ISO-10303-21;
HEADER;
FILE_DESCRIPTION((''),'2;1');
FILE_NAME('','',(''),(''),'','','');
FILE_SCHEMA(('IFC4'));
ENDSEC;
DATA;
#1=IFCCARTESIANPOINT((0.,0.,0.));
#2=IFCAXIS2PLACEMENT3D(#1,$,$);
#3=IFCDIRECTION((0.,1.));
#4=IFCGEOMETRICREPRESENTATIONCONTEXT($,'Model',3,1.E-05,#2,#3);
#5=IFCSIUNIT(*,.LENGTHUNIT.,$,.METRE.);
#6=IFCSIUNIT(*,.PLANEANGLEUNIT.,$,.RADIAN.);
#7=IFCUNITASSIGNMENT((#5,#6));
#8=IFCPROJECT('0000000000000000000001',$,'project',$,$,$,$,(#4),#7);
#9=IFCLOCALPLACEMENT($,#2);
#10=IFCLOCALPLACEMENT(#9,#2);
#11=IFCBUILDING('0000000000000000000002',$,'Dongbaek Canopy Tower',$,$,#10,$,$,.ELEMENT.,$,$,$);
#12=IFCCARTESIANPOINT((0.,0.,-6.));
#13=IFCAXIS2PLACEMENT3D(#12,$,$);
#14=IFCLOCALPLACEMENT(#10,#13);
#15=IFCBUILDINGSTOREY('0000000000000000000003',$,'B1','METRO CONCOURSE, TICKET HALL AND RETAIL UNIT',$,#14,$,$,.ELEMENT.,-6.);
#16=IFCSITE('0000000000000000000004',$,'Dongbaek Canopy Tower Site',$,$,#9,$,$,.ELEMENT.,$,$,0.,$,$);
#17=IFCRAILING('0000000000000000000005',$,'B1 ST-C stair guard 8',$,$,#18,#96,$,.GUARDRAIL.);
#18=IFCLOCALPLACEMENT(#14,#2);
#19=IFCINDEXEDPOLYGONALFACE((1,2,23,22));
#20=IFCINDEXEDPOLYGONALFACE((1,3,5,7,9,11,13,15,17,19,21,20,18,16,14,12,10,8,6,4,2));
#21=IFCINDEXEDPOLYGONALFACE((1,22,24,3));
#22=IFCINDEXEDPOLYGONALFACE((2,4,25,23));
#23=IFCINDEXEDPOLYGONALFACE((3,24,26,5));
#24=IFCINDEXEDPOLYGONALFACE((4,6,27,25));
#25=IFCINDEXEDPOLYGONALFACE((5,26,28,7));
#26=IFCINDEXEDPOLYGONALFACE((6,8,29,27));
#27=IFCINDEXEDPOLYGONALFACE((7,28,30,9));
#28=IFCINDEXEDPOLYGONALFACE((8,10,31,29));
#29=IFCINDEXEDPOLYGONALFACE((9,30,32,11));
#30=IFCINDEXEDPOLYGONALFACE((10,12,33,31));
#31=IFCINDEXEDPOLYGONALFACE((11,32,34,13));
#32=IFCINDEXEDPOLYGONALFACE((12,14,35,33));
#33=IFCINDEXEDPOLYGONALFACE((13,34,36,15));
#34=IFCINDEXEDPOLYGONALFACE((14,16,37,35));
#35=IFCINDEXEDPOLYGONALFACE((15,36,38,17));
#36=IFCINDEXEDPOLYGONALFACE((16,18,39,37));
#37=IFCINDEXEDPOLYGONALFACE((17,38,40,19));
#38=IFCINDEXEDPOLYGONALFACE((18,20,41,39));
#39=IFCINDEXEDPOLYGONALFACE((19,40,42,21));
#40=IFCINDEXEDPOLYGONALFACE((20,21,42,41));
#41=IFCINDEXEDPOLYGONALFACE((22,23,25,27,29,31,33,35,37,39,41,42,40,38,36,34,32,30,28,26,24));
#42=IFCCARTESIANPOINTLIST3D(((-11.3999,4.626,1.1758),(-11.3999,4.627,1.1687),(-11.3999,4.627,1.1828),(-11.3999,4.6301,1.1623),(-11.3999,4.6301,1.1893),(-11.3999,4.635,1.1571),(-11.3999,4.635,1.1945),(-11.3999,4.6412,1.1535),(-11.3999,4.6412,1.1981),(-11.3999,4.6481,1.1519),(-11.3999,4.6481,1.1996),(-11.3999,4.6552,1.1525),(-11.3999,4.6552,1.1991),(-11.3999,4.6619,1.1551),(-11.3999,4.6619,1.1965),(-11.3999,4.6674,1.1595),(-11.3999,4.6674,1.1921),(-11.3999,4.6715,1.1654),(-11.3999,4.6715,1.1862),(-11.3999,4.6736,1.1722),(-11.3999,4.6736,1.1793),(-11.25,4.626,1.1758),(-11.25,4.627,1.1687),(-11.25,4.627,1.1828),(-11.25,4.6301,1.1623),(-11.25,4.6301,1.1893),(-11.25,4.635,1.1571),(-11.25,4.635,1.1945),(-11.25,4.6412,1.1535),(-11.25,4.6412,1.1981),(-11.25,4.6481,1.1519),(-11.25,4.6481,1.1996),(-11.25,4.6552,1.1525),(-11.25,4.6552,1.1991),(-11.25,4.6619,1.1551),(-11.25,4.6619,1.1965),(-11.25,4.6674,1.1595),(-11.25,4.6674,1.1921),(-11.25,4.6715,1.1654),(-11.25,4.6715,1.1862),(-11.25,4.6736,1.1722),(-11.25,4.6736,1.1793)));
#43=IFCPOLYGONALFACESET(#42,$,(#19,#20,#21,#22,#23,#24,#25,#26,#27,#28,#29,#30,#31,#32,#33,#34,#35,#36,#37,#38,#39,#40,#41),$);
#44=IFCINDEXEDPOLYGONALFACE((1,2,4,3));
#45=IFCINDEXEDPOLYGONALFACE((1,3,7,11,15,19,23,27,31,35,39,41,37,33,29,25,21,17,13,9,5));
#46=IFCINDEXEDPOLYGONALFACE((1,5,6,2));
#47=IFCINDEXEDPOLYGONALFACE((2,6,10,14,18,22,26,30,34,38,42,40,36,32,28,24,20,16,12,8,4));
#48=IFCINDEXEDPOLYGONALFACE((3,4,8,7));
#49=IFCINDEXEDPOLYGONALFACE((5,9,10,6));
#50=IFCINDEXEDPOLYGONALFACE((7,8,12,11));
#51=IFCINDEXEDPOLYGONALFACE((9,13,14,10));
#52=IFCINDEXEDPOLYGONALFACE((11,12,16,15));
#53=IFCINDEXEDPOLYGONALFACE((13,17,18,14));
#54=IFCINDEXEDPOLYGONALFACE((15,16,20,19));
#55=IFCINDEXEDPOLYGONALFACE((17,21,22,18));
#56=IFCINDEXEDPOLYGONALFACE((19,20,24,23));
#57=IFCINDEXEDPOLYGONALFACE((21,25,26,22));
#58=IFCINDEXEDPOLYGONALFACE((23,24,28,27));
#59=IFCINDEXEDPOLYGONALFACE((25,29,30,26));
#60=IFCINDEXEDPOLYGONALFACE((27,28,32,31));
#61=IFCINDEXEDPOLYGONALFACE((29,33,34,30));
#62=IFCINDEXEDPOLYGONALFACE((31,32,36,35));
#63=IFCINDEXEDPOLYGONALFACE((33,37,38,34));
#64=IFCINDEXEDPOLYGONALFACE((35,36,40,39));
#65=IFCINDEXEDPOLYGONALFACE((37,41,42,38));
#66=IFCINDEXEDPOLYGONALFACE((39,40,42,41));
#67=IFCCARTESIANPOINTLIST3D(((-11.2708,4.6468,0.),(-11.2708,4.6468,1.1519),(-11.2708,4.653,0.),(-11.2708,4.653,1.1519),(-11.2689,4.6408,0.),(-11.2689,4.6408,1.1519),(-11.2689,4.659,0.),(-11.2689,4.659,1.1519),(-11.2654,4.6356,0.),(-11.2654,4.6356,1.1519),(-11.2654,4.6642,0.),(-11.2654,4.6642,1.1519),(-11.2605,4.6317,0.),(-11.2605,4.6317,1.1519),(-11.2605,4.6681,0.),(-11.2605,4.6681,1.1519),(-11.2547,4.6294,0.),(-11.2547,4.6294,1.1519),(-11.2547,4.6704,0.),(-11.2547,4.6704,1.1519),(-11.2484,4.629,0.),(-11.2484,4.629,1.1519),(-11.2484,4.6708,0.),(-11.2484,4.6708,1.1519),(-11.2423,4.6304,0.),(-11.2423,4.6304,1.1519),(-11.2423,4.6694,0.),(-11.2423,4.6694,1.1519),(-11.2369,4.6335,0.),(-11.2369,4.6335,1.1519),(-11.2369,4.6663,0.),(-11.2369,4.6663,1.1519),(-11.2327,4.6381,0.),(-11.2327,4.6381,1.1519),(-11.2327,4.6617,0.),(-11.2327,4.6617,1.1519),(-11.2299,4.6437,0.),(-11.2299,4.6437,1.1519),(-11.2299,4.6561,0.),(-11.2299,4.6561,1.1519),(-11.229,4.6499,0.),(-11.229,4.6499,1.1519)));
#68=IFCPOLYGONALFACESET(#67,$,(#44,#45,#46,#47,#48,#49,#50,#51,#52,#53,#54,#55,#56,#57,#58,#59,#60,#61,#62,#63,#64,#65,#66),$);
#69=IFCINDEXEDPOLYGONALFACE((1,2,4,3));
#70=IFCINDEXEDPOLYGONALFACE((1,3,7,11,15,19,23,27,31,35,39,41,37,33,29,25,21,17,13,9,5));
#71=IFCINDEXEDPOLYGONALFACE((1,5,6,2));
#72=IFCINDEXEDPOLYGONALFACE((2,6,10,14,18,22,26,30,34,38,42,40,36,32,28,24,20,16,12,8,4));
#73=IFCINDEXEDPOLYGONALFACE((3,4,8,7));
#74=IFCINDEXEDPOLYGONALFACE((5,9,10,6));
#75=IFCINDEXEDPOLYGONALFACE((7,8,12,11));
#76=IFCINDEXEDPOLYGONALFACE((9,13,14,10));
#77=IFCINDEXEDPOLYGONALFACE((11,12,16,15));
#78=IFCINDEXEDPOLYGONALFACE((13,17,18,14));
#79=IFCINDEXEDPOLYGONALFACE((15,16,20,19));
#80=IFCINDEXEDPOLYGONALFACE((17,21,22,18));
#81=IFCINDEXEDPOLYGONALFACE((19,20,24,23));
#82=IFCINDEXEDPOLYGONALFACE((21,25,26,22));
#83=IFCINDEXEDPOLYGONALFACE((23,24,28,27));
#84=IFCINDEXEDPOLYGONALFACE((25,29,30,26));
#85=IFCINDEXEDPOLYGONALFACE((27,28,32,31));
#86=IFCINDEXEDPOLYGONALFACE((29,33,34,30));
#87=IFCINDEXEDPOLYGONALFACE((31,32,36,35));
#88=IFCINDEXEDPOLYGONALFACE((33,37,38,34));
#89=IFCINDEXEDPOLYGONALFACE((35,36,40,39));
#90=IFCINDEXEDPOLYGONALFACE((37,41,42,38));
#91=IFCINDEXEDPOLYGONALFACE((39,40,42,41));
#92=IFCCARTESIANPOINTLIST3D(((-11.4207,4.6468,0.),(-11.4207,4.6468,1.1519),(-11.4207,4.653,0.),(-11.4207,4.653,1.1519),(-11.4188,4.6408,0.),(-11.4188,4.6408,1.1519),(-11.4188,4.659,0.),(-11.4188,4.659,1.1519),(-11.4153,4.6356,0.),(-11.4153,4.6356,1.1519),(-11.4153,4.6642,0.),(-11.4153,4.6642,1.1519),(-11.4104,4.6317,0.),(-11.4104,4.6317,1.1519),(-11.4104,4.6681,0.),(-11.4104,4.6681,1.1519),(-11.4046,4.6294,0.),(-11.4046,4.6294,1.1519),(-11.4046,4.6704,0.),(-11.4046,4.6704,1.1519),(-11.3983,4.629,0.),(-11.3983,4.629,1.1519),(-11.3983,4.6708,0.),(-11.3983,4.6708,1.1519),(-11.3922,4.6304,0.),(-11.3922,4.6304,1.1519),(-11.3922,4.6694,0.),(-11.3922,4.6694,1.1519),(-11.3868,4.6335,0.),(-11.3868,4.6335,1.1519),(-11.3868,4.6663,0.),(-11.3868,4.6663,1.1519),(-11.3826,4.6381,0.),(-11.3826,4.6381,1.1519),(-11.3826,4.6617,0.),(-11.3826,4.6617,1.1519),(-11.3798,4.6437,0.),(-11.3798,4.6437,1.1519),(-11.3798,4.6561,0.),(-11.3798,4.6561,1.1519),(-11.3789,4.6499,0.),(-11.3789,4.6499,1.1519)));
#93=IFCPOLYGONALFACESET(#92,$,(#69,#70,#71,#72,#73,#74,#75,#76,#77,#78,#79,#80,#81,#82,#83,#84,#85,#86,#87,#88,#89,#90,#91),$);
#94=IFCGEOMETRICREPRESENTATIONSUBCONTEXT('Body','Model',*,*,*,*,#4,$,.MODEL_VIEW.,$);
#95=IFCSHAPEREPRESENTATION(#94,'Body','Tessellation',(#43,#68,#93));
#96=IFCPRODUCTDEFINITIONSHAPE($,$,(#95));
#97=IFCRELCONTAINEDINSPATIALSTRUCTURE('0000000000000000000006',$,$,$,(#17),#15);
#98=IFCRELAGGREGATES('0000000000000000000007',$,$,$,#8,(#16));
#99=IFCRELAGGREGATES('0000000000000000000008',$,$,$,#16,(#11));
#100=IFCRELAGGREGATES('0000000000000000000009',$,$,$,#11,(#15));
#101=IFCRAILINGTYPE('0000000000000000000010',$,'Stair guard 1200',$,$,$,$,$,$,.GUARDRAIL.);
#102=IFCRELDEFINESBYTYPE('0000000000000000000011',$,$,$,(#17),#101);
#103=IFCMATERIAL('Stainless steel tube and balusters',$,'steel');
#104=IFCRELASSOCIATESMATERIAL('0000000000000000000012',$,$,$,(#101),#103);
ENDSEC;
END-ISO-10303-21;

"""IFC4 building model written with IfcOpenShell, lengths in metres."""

from ifc_helpers import new_model, si_unit, direction, frame, origin, origin_2d, place, context, subcontext, project, spatial, circle, extrude, material, type_object, element, save


model = new_model("IFC4")

# Units and contexts
model_context = context("Model", 3, precision=1e-05, world=origin(), true_north=direction((0.0, 1.0)))
body_context = subcontext(model_context, "Body", "Model", "MODEL_VIEW")
ifc_project = project(units=[si_unit("LENGTHUNIT", "METRE"), si_unit("PLANEANGLEUNIT", "RADIAN")], contexts=[model_context])

# Site, building, storey
site_placement = place(None, origin())
site = spatial("IfcSite", under=ifc_project, at=site_placement, Name="Dongbaek Canopy Tower Site", CompositionType="ELEMENT", RefElevation=0.0)
building_placement = place(site_placement, origin())
building = spatial("IfcBuilding", under=site, at=building_placement, Name="Dongbaek Canopy Tower", CompositionType="ELEMENT")
storey_placement = place(building_placement, frame((0.0, 0.0, -6.0)))
storey = spatial("IfcBuildingStorey", under=building, at=storey_placement, Name="B1", Description="METRO CONCOURSE, TICKET HALL AND RETAIL UNIT", CompositionType="ELEMENT", Elevation=-6.0)

# Railing
ifc_material_1 = material(Name="Stainless steel tube and balusters", Category="steel")
railing_type_1 = type_object("IfcRailingType", Name="Stair guard 1200", PredefinedType="GUARDRAIL", material=ifc_material_1)
railing_1_placement = place(storey_placement, frame((-11.25, 4.6499, 0.0)))
element("IfcRailing", 1, at=railing_1_placement, inside=storey, type_object=railing_type_1, Name="B1 ST-C stair guard 8", PredefinedType="GUARDRAIL", context=body_context, shape_type="SweptSolid", body=[
    extrude(circle(Radius=0.0239, at=origin_2d()), frame((0.0, 0.0, 1.1758), z_axis=(-1.0, 0.0, 0.0), x_axis=(0.0, -1.0, 0.0)), (0.0, 0.0, 1.0), 0.1499),
    extrude(circle(Radius=0.021, at=origin_2d()), origin(), (0.0, 0.0, 1.0), 1.1519),
    extrude(circle(Radius=0.021, at=origin_2d()), frame((-0.1499, 0.0, 0.0)), (0.0, 0.0, 1.0), 1.1519),
])

save(model, "model.ifc")
